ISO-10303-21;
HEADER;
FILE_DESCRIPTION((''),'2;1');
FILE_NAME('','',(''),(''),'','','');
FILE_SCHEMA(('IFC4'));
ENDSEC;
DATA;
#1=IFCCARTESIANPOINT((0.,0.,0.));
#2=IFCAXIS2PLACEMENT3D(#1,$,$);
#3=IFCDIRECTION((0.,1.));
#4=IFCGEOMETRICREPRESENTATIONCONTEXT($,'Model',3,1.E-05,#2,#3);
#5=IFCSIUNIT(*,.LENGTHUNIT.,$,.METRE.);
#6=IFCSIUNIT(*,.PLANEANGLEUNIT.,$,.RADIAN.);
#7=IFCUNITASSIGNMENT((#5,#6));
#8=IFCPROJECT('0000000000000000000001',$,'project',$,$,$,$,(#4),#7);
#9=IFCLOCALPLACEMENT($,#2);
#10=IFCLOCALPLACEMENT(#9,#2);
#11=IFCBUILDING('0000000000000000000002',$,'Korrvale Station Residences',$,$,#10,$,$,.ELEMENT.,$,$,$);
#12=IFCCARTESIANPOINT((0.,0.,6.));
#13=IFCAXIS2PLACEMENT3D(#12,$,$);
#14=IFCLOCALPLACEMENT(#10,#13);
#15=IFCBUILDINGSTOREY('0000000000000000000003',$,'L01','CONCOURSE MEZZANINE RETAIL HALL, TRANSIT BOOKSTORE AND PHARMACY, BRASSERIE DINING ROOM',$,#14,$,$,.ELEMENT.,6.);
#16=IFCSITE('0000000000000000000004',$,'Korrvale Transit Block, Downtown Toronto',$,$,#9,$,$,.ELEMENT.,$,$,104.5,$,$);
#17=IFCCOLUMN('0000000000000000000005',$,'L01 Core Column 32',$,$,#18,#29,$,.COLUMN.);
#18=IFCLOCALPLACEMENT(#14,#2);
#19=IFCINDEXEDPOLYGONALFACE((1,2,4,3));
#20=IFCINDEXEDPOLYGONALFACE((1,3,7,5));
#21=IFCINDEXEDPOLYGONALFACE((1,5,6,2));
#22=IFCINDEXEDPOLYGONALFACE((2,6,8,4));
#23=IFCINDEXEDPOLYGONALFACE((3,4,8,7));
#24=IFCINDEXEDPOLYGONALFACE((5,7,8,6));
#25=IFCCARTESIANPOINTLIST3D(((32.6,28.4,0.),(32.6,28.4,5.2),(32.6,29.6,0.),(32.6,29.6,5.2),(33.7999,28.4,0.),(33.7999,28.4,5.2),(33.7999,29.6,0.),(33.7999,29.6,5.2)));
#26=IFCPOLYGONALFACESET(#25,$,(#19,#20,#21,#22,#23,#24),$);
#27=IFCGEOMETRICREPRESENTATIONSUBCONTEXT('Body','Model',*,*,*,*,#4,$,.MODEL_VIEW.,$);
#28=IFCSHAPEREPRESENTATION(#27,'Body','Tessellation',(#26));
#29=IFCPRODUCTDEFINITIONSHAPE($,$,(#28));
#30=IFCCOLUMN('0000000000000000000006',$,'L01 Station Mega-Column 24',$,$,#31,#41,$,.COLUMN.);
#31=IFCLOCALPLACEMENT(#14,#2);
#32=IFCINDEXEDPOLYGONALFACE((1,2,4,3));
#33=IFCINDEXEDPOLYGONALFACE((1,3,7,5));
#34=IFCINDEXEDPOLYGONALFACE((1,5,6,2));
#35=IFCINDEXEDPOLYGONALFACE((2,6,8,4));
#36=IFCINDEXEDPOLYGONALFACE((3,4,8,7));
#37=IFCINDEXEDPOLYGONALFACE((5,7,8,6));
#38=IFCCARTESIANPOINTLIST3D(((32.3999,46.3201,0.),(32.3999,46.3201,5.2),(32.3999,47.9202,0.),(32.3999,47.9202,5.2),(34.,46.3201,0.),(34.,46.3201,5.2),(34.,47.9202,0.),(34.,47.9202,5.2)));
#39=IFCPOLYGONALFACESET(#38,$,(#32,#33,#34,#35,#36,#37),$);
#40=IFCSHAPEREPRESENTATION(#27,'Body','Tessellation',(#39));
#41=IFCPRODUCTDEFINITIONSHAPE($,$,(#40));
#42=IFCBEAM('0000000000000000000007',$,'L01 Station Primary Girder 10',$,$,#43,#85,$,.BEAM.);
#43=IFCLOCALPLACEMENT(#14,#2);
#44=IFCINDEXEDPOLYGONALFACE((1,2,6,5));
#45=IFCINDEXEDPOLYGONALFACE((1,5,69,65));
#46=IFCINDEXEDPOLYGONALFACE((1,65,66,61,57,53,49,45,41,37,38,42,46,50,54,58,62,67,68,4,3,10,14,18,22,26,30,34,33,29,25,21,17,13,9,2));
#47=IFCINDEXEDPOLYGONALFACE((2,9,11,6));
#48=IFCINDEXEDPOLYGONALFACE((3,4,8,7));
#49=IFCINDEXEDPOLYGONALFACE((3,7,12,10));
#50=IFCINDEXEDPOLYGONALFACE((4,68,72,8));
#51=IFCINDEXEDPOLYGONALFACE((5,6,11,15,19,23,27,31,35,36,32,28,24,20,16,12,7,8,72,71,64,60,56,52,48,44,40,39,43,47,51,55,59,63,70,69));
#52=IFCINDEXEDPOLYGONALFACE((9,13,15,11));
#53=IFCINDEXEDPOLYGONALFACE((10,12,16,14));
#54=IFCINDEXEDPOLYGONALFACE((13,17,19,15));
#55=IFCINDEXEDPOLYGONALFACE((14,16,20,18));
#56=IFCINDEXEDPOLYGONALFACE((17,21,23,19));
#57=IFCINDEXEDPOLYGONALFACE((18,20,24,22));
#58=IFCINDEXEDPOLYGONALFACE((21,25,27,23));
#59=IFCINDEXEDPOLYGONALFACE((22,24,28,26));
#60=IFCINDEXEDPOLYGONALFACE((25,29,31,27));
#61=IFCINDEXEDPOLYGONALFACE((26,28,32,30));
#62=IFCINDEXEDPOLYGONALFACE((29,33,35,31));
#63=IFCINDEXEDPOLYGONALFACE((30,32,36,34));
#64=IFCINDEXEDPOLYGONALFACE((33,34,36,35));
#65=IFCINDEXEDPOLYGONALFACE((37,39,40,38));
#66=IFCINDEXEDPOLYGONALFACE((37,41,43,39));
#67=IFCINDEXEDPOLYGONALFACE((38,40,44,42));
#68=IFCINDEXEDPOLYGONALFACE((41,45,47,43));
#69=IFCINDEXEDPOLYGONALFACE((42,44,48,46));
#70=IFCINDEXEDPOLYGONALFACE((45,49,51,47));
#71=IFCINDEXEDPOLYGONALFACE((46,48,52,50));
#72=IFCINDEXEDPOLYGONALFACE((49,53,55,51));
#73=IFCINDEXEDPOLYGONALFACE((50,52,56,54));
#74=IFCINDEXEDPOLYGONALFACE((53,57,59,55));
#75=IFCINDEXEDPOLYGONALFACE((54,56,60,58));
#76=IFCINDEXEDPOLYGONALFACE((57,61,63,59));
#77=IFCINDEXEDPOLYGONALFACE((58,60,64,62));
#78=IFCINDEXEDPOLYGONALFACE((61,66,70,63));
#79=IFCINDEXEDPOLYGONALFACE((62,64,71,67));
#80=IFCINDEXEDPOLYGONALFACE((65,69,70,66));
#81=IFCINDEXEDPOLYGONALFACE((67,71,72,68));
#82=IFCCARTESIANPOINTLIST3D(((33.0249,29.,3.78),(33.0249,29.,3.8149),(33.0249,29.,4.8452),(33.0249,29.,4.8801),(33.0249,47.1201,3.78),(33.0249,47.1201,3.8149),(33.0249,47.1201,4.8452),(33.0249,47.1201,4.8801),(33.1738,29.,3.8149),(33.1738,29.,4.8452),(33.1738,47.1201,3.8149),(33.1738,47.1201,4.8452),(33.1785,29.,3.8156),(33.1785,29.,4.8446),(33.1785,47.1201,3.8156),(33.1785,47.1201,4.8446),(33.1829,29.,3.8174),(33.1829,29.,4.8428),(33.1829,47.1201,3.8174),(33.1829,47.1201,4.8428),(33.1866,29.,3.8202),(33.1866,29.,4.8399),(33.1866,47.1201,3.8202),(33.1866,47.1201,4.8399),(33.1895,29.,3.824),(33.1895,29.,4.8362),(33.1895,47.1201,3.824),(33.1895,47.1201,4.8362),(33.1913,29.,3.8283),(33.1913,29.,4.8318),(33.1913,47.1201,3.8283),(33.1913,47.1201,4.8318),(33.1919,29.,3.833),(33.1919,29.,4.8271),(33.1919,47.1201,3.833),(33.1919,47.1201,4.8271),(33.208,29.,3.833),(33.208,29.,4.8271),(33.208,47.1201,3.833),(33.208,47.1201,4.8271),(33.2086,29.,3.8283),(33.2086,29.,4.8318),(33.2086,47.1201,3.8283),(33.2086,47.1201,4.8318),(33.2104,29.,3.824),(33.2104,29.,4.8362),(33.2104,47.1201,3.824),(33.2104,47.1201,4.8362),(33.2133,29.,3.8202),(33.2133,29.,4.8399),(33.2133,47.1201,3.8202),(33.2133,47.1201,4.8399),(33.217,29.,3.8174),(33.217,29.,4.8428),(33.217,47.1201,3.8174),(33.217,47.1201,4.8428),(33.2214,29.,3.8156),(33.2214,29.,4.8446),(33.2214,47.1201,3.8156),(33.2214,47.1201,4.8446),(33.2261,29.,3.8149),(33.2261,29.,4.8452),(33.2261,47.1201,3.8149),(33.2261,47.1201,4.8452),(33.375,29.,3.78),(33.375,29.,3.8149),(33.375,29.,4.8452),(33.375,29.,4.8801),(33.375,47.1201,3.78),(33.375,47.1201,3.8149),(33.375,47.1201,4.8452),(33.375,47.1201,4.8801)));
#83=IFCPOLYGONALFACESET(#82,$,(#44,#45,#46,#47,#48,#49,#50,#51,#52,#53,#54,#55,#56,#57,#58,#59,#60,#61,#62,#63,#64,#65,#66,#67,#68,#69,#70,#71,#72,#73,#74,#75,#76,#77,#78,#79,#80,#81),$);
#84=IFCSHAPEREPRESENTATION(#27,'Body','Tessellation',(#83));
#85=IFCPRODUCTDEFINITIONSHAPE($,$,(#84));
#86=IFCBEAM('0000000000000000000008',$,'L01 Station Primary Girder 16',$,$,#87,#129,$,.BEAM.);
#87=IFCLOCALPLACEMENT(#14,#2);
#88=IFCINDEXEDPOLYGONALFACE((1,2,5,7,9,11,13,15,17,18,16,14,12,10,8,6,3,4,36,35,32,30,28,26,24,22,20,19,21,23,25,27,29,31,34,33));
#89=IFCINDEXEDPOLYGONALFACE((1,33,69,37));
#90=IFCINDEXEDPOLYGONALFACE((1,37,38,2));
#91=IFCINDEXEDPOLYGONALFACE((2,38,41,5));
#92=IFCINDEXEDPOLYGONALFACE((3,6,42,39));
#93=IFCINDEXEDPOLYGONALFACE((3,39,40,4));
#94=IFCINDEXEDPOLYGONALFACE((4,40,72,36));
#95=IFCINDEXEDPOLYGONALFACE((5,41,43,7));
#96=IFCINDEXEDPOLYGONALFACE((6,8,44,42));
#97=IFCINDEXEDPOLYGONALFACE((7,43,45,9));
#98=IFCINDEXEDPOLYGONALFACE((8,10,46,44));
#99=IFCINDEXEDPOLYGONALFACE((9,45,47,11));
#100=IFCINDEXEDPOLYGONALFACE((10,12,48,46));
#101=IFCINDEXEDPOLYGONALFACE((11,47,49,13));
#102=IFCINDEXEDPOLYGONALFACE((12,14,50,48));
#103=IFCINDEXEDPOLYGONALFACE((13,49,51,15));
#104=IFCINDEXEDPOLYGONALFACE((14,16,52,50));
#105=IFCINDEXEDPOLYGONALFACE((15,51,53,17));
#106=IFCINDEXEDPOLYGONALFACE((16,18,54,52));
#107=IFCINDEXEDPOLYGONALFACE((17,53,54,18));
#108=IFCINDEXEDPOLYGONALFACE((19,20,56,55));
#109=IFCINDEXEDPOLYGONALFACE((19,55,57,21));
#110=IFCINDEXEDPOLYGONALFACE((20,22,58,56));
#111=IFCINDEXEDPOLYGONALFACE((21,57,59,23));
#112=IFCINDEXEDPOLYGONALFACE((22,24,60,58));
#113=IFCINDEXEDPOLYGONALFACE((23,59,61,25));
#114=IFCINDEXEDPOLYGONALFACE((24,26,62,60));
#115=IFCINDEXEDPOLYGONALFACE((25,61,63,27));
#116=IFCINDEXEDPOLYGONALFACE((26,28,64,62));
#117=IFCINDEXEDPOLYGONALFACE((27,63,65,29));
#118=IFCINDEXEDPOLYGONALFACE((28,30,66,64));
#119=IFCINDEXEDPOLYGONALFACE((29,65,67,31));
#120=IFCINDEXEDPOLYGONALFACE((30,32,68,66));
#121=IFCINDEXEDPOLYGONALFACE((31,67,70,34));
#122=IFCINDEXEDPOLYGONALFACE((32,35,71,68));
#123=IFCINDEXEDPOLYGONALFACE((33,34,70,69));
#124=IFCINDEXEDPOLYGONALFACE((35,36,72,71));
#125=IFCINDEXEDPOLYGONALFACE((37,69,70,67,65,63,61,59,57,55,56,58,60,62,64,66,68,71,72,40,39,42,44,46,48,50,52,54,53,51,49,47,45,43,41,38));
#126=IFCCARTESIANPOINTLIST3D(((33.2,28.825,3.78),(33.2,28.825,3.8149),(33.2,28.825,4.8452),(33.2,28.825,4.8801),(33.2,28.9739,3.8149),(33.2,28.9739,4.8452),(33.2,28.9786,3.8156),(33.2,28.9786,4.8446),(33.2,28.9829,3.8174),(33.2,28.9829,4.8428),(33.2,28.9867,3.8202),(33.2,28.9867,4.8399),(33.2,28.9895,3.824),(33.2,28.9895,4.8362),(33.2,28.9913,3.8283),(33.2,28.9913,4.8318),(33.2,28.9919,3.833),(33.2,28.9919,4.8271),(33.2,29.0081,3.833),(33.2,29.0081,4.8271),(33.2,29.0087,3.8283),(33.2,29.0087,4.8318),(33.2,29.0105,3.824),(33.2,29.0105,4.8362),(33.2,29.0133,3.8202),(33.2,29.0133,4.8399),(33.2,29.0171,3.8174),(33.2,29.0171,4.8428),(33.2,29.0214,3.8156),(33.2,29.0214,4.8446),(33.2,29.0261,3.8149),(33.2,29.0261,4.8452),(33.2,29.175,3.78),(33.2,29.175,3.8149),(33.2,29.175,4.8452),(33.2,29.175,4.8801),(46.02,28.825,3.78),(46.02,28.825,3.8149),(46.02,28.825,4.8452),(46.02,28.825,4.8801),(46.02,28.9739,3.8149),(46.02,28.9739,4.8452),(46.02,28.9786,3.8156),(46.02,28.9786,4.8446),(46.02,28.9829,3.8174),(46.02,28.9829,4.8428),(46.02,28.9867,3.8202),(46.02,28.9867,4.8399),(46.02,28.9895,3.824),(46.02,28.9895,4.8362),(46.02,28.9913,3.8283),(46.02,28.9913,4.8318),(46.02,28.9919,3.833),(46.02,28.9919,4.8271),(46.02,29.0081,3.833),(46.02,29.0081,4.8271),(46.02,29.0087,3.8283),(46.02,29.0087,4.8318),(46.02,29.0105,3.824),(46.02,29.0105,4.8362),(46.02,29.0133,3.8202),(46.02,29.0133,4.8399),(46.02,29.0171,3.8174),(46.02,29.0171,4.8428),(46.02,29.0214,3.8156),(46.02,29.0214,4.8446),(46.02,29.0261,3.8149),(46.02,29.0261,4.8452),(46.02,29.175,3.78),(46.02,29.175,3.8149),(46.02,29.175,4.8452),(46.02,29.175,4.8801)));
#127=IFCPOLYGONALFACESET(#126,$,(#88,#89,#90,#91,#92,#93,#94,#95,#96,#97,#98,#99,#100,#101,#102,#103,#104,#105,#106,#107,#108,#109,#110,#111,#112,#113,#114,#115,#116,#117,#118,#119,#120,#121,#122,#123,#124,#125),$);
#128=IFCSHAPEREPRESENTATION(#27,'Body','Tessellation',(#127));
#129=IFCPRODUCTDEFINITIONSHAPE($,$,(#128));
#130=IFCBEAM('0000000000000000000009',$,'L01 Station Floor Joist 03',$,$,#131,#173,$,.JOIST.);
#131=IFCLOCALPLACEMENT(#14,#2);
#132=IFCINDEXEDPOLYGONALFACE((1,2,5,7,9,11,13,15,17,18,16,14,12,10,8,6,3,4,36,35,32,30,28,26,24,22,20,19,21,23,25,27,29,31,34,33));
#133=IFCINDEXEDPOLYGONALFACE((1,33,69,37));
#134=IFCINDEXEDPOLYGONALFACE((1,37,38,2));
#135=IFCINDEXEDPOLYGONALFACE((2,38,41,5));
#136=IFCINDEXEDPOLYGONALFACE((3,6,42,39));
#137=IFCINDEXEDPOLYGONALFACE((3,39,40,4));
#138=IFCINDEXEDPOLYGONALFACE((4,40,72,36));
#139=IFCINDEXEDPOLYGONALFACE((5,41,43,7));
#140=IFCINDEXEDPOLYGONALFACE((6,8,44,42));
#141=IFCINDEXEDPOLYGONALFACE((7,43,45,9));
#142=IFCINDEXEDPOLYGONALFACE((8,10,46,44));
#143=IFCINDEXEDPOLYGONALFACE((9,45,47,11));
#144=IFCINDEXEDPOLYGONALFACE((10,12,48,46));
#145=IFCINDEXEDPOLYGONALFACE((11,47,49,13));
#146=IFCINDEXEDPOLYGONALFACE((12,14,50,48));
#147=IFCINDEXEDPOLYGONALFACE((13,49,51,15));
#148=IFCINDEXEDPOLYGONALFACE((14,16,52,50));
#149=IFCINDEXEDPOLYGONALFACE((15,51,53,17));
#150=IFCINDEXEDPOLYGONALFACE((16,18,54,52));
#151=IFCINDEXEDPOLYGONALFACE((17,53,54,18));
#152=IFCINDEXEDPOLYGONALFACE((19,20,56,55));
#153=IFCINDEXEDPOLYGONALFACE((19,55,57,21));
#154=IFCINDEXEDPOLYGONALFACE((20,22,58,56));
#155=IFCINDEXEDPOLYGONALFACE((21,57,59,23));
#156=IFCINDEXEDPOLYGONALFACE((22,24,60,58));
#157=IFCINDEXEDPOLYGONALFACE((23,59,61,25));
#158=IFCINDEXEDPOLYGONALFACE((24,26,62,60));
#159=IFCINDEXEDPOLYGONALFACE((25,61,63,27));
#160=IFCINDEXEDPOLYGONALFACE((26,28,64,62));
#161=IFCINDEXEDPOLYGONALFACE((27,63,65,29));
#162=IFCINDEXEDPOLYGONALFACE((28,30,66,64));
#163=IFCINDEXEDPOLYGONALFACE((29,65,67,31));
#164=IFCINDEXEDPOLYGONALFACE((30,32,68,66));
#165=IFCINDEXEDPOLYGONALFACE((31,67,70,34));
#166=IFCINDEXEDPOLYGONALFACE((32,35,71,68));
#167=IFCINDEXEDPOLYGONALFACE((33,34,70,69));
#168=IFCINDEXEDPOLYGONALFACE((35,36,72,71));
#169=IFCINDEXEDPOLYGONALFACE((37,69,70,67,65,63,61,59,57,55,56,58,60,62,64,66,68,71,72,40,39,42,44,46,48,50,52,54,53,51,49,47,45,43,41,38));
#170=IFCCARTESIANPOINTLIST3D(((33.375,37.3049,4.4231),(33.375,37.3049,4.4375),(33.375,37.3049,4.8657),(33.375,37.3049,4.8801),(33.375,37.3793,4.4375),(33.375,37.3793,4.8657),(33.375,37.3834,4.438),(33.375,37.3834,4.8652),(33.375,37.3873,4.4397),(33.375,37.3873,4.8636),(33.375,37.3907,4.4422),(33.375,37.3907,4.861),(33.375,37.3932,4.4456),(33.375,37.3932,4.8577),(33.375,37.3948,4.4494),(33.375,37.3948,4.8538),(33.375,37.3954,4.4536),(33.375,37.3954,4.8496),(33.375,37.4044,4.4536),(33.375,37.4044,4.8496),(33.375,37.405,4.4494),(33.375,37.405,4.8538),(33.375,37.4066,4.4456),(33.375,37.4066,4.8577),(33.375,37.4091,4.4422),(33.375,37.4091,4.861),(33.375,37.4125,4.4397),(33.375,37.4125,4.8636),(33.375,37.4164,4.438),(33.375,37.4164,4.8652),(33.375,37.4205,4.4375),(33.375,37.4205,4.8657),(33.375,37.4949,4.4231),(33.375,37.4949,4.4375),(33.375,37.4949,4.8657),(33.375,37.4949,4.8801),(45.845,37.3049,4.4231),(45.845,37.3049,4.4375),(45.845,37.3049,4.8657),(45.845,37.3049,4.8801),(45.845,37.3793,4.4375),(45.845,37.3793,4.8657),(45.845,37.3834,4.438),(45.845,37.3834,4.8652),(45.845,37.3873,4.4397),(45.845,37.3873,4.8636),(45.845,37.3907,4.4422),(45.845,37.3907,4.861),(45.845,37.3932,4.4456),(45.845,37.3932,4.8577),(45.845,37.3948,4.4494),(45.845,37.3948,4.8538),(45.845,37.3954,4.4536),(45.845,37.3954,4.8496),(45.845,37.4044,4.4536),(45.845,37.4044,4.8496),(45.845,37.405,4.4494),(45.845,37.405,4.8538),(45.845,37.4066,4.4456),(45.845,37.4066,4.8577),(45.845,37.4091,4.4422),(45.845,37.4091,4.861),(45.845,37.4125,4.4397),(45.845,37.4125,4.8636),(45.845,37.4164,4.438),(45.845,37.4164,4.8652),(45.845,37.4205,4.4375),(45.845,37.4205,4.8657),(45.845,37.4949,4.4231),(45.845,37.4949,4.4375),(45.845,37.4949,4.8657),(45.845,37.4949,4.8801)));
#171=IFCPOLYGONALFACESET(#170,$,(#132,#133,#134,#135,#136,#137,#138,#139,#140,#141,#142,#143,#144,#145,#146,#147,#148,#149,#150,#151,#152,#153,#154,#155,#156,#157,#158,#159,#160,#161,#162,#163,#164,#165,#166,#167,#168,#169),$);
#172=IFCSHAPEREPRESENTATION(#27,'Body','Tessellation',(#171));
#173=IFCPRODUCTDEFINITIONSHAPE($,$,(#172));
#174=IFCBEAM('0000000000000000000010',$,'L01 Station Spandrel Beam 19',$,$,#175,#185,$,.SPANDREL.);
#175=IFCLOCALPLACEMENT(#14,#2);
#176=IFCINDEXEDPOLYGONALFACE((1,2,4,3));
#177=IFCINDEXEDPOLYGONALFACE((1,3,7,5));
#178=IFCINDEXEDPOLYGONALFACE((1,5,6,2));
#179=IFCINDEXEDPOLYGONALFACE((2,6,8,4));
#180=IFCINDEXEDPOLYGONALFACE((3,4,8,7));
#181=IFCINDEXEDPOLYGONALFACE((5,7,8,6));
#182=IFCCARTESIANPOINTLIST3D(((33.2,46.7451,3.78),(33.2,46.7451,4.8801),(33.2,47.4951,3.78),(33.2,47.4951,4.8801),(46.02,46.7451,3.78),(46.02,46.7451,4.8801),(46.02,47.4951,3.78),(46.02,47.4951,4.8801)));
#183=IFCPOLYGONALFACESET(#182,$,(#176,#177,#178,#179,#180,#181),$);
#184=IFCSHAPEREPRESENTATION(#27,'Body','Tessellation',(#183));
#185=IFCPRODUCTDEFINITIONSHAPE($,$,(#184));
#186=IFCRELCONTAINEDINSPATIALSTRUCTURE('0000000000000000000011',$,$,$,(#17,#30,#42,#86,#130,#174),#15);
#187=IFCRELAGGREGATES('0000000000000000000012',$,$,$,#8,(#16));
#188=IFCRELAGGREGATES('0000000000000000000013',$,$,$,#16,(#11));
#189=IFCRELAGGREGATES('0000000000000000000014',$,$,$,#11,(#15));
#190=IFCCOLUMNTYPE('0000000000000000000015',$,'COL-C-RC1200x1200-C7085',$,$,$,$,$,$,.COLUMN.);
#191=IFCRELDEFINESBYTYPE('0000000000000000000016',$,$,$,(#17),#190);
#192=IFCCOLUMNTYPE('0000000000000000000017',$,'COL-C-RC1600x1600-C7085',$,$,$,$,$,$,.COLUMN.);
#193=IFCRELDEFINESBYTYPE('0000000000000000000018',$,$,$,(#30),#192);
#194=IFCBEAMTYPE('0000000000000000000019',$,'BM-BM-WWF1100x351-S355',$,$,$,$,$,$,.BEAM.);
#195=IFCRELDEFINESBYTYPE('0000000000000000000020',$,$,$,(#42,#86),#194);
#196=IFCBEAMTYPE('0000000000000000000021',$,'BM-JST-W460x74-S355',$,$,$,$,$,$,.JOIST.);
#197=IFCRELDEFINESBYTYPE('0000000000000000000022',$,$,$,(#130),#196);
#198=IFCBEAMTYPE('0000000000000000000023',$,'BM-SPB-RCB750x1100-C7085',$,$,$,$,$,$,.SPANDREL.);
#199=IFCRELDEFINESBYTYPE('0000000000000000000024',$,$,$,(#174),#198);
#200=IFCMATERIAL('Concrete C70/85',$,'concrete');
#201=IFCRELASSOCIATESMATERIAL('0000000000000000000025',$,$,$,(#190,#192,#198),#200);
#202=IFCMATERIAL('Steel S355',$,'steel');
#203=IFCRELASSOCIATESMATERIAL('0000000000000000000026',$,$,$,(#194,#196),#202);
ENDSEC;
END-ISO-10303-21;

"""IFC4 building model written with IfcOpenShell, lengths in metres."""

from ifc_helpers import new_model, si_unit, direction, frame, origin, origin_2d, place, context, subcontext, project, spatial, rectangle, i_section, extrude, material, material_profile, profile_set, type_object, element, save


model = new_model("IFC4")

# Units and contexts
model_context = context("Model", 3, precision=1e-05, world=origin(), true_north=direction((0.0, 1.0)))
body_context = subcontext(model_context, "Body", "Model", "MODEL_VIEW")
ifc_project = project(units=[si_unit("LENGTHUNIT", "METRE"), si_unit("PLANEANGLEUNIT", "RADIAN")], contexts=[model_context])

# Site, building, storey
site_placement = place(None, origin())
site = spatial("IfcSite", under=ifc_project, at=site_placement, Name="Korrvale Transit Block, Downtown Toronto", CompositionType="ELEMENT", RefElevation=104.5)
building_placement = place(site_placement, origin())
building = spatial("IfcBuilding", under=site, at=building_placement, Name="Korrvale Station Residences", CompositionType="ELEMENT")
storey_placement = place(building_placement, frame((0.0, 0.0, 6.0)))
storey = spatial("IfcBuildingStorey", under=building, at=storey_placement, Name="L01", Description="CONCOURSE MEZZANINE RETAIL HALL, TRANSIT BOOKSTORE AND PHARMACY, BRASSERIE DINING ROOM", CompositionType="ELEMENT", Elevation=6.0)

# Columns
ifc_material_1 = material(Name="Concrete C70/85", Category="concrete")
ifc_material_profile_1 = material_profile(ifc_material_1, rectangle(XDim=1.2, YDim=1.2, at=origin_2d()), Name="RC1200x1200")
ifc_profile_set_1 = profile_set([ifc_material_profile_1], Name="Concrete C70/85")
column_type_1 = type_object("IfcColumnType", Name="COL-C-RC1200x1200-C7085", PredefinedType="COLUMN", material=ifc_profile_set_1)
column_1_placement = place(storey_placement, frame((33.2, 29.0, 0.0), z_axis=(0.0, 0.0, 1.0), x_axis=(1.0, 0.0, 0.0)))
element("IfcColumn", 1, at=column_1_placement, inside=storey, type_object=column_type_1, Name="L01 Core Column 32", PredefinedType="COLUMN", context=body_context, shape_type="SweptSolid", body=[
    extrude(rectangle(XDim=1.2, YDim=1.2, at=origin_2d()), origin(), (0.0, 0.0, 1.0), 5.2),
])
ifc_material_profile_2 = material_profile(ifc_material_1, rectangle(XDim=1.6001, YDim=1.6001, at=origin_2d()), Name="RC1600x1600")
ifc_profile_set_2 = profile_set([ifc_material_profile_2], Name="Concrete C70/85")
column_type_2 = type_object("IfcColumnType", Name="COL-C-RC1600x1600-C7085", PredefinedType="COLUMN", material=ifc_profile_set_2)
column_2_placement = place(storey_placement, frame((33.2, 47.1201, 0.0), z_axis=(0.0, 0.0, 1.0), x_axis=(1.0, 0.0, 0.0)))
element("IfcColumn", 2, at=column_2_placement, inside=storey, type_object=column_type_2, Name="L01 Station Mega-Column 24", PredefinedType="COLUMN", context=body_context, shape_type="SweptSolid", body=[
    extrude(rectangle(XDim=1.6001, YDim=1.6001, at=origin_2d()), origin(), (0.0, 0.0, 1.0), 5.2),
])

# Beams
ifc_material_2 = material(Name="Steel S355", Category="steel")
ifc_material_profile_3 = material_profile(ifc_material_2, i_section(OverallWidth=0.3501, OverallDepth=1.1001, WebThickness=0.0161, FlangeThickness=0.0349, FilletRadius=0.0181, at=origin_2d()), Name="WWF1100x351")
ifc_profile_set_3 = profile_set([ifc_material_profile_3], Name="Steel S355")
beam_type_1 = type_object("IfcBeamType", Name="BM-BM-WWF1100x351-S355", PredefinedType="BEAM", material=ifc_profile_set_3)
beam_1_placement = place(storey_placement, frame((33.2, 29.0, 4.3301), z_axis=(0.0, 1.0, 0.0), x_axis=(-1.0, 0.0, 0.0)))
element("IfcBeam", 3, at=beam_1_placement, inside=storey, type_object=beam_type_1, Name="L01 Station Primary Girder 10", PredefinedType="BEAM", context=body_context, shape_type="SweptSolid", body=[
    extrude(i_section(OverallWidth=0.3501, OverallDepth=1.1001, WebThickness=0.0161, FlangeThickness=0.0349, FilletRadius=0.0181, at=origin_2d()), origin(), (0.0, 0.0, 1.0), 18.1201),
])
beam_2_placement = place(storey_placement, frame((33.2, 29.0, 4.3301), z_axis=(1.0, 0.0, 0.0), x_axis=(0.0, 1.0, 0.0)))
element("IfcBeam", 4, at=beam_2_placement, inside=storey, type_object=beam_type_1, Name="L01 Station Primary Girder 16", PredefinedType="BEAM", context=body_context, shape_type="SweptSolid", body=[
    extrude(i_section(OverallWidth=0.3501, OverallDepth=1.1001, WebThickness=0.0161, FlangeThickness=0.0349, FilletRadius=0.0181, at=origin_2d()), origin(), (0.0, 0.0, 1.0), 12.8201),
])
ifc_material_profile_4 = material_profile(ifc_material_2, i_section(OverallWidth=0.1899, OverallDepth=0.457, WebThickness=0.009, FlangeThickness=0.0144, FilletRadius=0.0161, at=origin_2d()), Name="W460x74")
ifc_profile_set_4 = profile_set([ifc_material_profile_4], Name="Steel S355")
beam_type_2 = type_object("IfcBeamType", Name="BM-JST-W460x74-S355", PredefinedType="JOIST", material=ifc_profile_set_4)
beam_3_placement = place(storey_placement, frame((33.375, 37.3999, 4.6516), z_axis=(1.0, 0.0, 0.0), x_axis=(0.0, 1.0, 0.0)))
element("IfcBeam", 5, at=beam_3_placement, inside=storey, type_object=beam_type_2, Name="L01 Station Floor Joist 03", PredefinedType="JOIST", context=body_context, shape_type="SweptSolid", body=[
    extrude(i_section(OverallWidth=0.1899, OverallDepth=0.457, WebThickness=0.009, FlangeThickness=0.0144, FilletRadius=0.0161, at=origin_2d()), origin(), (0.0, 0.0, 1.0), 12.47),
])
ifc_material_profile_5 = material_profile(ifc_material_1, rectangle(XDim=0.75, YDim=1.1001, at=origin_2d()), Name="RCB750x1100")
ifc_profile_set_5 = profile_set([ifc_material_profile_5], Name="Concrete C70/85")
beam_type_3 = type_object("IfcBeamType", Name="BM-SPB-RCB750x1100-C7085", PredefinedType="SPANDREL", material=ifc_profile_set_5)
beam_4_placement = place(storey_placement, frame((33.2, 47.1201, 4.3301), z_axis=(1.0, 0.0, 0.0), x_axis=(0.0, 1.0, 0.0)))
element("IfcBeam", 6, at=beam_4_placement, inside=storey, type_object=beam_type_3, Name="L01 Station Spandrel Beam 19", PredefinedType="SPANDREL", context=body_context, shape_type="SweptSolid", body=[
    extrude(rectangle(XDim=0.75, YDim=1.1001, at=origin_2d()), origin(), (0.0, 0.0, 1.0), 12.8201),
])

save(model, "model.ifc")
